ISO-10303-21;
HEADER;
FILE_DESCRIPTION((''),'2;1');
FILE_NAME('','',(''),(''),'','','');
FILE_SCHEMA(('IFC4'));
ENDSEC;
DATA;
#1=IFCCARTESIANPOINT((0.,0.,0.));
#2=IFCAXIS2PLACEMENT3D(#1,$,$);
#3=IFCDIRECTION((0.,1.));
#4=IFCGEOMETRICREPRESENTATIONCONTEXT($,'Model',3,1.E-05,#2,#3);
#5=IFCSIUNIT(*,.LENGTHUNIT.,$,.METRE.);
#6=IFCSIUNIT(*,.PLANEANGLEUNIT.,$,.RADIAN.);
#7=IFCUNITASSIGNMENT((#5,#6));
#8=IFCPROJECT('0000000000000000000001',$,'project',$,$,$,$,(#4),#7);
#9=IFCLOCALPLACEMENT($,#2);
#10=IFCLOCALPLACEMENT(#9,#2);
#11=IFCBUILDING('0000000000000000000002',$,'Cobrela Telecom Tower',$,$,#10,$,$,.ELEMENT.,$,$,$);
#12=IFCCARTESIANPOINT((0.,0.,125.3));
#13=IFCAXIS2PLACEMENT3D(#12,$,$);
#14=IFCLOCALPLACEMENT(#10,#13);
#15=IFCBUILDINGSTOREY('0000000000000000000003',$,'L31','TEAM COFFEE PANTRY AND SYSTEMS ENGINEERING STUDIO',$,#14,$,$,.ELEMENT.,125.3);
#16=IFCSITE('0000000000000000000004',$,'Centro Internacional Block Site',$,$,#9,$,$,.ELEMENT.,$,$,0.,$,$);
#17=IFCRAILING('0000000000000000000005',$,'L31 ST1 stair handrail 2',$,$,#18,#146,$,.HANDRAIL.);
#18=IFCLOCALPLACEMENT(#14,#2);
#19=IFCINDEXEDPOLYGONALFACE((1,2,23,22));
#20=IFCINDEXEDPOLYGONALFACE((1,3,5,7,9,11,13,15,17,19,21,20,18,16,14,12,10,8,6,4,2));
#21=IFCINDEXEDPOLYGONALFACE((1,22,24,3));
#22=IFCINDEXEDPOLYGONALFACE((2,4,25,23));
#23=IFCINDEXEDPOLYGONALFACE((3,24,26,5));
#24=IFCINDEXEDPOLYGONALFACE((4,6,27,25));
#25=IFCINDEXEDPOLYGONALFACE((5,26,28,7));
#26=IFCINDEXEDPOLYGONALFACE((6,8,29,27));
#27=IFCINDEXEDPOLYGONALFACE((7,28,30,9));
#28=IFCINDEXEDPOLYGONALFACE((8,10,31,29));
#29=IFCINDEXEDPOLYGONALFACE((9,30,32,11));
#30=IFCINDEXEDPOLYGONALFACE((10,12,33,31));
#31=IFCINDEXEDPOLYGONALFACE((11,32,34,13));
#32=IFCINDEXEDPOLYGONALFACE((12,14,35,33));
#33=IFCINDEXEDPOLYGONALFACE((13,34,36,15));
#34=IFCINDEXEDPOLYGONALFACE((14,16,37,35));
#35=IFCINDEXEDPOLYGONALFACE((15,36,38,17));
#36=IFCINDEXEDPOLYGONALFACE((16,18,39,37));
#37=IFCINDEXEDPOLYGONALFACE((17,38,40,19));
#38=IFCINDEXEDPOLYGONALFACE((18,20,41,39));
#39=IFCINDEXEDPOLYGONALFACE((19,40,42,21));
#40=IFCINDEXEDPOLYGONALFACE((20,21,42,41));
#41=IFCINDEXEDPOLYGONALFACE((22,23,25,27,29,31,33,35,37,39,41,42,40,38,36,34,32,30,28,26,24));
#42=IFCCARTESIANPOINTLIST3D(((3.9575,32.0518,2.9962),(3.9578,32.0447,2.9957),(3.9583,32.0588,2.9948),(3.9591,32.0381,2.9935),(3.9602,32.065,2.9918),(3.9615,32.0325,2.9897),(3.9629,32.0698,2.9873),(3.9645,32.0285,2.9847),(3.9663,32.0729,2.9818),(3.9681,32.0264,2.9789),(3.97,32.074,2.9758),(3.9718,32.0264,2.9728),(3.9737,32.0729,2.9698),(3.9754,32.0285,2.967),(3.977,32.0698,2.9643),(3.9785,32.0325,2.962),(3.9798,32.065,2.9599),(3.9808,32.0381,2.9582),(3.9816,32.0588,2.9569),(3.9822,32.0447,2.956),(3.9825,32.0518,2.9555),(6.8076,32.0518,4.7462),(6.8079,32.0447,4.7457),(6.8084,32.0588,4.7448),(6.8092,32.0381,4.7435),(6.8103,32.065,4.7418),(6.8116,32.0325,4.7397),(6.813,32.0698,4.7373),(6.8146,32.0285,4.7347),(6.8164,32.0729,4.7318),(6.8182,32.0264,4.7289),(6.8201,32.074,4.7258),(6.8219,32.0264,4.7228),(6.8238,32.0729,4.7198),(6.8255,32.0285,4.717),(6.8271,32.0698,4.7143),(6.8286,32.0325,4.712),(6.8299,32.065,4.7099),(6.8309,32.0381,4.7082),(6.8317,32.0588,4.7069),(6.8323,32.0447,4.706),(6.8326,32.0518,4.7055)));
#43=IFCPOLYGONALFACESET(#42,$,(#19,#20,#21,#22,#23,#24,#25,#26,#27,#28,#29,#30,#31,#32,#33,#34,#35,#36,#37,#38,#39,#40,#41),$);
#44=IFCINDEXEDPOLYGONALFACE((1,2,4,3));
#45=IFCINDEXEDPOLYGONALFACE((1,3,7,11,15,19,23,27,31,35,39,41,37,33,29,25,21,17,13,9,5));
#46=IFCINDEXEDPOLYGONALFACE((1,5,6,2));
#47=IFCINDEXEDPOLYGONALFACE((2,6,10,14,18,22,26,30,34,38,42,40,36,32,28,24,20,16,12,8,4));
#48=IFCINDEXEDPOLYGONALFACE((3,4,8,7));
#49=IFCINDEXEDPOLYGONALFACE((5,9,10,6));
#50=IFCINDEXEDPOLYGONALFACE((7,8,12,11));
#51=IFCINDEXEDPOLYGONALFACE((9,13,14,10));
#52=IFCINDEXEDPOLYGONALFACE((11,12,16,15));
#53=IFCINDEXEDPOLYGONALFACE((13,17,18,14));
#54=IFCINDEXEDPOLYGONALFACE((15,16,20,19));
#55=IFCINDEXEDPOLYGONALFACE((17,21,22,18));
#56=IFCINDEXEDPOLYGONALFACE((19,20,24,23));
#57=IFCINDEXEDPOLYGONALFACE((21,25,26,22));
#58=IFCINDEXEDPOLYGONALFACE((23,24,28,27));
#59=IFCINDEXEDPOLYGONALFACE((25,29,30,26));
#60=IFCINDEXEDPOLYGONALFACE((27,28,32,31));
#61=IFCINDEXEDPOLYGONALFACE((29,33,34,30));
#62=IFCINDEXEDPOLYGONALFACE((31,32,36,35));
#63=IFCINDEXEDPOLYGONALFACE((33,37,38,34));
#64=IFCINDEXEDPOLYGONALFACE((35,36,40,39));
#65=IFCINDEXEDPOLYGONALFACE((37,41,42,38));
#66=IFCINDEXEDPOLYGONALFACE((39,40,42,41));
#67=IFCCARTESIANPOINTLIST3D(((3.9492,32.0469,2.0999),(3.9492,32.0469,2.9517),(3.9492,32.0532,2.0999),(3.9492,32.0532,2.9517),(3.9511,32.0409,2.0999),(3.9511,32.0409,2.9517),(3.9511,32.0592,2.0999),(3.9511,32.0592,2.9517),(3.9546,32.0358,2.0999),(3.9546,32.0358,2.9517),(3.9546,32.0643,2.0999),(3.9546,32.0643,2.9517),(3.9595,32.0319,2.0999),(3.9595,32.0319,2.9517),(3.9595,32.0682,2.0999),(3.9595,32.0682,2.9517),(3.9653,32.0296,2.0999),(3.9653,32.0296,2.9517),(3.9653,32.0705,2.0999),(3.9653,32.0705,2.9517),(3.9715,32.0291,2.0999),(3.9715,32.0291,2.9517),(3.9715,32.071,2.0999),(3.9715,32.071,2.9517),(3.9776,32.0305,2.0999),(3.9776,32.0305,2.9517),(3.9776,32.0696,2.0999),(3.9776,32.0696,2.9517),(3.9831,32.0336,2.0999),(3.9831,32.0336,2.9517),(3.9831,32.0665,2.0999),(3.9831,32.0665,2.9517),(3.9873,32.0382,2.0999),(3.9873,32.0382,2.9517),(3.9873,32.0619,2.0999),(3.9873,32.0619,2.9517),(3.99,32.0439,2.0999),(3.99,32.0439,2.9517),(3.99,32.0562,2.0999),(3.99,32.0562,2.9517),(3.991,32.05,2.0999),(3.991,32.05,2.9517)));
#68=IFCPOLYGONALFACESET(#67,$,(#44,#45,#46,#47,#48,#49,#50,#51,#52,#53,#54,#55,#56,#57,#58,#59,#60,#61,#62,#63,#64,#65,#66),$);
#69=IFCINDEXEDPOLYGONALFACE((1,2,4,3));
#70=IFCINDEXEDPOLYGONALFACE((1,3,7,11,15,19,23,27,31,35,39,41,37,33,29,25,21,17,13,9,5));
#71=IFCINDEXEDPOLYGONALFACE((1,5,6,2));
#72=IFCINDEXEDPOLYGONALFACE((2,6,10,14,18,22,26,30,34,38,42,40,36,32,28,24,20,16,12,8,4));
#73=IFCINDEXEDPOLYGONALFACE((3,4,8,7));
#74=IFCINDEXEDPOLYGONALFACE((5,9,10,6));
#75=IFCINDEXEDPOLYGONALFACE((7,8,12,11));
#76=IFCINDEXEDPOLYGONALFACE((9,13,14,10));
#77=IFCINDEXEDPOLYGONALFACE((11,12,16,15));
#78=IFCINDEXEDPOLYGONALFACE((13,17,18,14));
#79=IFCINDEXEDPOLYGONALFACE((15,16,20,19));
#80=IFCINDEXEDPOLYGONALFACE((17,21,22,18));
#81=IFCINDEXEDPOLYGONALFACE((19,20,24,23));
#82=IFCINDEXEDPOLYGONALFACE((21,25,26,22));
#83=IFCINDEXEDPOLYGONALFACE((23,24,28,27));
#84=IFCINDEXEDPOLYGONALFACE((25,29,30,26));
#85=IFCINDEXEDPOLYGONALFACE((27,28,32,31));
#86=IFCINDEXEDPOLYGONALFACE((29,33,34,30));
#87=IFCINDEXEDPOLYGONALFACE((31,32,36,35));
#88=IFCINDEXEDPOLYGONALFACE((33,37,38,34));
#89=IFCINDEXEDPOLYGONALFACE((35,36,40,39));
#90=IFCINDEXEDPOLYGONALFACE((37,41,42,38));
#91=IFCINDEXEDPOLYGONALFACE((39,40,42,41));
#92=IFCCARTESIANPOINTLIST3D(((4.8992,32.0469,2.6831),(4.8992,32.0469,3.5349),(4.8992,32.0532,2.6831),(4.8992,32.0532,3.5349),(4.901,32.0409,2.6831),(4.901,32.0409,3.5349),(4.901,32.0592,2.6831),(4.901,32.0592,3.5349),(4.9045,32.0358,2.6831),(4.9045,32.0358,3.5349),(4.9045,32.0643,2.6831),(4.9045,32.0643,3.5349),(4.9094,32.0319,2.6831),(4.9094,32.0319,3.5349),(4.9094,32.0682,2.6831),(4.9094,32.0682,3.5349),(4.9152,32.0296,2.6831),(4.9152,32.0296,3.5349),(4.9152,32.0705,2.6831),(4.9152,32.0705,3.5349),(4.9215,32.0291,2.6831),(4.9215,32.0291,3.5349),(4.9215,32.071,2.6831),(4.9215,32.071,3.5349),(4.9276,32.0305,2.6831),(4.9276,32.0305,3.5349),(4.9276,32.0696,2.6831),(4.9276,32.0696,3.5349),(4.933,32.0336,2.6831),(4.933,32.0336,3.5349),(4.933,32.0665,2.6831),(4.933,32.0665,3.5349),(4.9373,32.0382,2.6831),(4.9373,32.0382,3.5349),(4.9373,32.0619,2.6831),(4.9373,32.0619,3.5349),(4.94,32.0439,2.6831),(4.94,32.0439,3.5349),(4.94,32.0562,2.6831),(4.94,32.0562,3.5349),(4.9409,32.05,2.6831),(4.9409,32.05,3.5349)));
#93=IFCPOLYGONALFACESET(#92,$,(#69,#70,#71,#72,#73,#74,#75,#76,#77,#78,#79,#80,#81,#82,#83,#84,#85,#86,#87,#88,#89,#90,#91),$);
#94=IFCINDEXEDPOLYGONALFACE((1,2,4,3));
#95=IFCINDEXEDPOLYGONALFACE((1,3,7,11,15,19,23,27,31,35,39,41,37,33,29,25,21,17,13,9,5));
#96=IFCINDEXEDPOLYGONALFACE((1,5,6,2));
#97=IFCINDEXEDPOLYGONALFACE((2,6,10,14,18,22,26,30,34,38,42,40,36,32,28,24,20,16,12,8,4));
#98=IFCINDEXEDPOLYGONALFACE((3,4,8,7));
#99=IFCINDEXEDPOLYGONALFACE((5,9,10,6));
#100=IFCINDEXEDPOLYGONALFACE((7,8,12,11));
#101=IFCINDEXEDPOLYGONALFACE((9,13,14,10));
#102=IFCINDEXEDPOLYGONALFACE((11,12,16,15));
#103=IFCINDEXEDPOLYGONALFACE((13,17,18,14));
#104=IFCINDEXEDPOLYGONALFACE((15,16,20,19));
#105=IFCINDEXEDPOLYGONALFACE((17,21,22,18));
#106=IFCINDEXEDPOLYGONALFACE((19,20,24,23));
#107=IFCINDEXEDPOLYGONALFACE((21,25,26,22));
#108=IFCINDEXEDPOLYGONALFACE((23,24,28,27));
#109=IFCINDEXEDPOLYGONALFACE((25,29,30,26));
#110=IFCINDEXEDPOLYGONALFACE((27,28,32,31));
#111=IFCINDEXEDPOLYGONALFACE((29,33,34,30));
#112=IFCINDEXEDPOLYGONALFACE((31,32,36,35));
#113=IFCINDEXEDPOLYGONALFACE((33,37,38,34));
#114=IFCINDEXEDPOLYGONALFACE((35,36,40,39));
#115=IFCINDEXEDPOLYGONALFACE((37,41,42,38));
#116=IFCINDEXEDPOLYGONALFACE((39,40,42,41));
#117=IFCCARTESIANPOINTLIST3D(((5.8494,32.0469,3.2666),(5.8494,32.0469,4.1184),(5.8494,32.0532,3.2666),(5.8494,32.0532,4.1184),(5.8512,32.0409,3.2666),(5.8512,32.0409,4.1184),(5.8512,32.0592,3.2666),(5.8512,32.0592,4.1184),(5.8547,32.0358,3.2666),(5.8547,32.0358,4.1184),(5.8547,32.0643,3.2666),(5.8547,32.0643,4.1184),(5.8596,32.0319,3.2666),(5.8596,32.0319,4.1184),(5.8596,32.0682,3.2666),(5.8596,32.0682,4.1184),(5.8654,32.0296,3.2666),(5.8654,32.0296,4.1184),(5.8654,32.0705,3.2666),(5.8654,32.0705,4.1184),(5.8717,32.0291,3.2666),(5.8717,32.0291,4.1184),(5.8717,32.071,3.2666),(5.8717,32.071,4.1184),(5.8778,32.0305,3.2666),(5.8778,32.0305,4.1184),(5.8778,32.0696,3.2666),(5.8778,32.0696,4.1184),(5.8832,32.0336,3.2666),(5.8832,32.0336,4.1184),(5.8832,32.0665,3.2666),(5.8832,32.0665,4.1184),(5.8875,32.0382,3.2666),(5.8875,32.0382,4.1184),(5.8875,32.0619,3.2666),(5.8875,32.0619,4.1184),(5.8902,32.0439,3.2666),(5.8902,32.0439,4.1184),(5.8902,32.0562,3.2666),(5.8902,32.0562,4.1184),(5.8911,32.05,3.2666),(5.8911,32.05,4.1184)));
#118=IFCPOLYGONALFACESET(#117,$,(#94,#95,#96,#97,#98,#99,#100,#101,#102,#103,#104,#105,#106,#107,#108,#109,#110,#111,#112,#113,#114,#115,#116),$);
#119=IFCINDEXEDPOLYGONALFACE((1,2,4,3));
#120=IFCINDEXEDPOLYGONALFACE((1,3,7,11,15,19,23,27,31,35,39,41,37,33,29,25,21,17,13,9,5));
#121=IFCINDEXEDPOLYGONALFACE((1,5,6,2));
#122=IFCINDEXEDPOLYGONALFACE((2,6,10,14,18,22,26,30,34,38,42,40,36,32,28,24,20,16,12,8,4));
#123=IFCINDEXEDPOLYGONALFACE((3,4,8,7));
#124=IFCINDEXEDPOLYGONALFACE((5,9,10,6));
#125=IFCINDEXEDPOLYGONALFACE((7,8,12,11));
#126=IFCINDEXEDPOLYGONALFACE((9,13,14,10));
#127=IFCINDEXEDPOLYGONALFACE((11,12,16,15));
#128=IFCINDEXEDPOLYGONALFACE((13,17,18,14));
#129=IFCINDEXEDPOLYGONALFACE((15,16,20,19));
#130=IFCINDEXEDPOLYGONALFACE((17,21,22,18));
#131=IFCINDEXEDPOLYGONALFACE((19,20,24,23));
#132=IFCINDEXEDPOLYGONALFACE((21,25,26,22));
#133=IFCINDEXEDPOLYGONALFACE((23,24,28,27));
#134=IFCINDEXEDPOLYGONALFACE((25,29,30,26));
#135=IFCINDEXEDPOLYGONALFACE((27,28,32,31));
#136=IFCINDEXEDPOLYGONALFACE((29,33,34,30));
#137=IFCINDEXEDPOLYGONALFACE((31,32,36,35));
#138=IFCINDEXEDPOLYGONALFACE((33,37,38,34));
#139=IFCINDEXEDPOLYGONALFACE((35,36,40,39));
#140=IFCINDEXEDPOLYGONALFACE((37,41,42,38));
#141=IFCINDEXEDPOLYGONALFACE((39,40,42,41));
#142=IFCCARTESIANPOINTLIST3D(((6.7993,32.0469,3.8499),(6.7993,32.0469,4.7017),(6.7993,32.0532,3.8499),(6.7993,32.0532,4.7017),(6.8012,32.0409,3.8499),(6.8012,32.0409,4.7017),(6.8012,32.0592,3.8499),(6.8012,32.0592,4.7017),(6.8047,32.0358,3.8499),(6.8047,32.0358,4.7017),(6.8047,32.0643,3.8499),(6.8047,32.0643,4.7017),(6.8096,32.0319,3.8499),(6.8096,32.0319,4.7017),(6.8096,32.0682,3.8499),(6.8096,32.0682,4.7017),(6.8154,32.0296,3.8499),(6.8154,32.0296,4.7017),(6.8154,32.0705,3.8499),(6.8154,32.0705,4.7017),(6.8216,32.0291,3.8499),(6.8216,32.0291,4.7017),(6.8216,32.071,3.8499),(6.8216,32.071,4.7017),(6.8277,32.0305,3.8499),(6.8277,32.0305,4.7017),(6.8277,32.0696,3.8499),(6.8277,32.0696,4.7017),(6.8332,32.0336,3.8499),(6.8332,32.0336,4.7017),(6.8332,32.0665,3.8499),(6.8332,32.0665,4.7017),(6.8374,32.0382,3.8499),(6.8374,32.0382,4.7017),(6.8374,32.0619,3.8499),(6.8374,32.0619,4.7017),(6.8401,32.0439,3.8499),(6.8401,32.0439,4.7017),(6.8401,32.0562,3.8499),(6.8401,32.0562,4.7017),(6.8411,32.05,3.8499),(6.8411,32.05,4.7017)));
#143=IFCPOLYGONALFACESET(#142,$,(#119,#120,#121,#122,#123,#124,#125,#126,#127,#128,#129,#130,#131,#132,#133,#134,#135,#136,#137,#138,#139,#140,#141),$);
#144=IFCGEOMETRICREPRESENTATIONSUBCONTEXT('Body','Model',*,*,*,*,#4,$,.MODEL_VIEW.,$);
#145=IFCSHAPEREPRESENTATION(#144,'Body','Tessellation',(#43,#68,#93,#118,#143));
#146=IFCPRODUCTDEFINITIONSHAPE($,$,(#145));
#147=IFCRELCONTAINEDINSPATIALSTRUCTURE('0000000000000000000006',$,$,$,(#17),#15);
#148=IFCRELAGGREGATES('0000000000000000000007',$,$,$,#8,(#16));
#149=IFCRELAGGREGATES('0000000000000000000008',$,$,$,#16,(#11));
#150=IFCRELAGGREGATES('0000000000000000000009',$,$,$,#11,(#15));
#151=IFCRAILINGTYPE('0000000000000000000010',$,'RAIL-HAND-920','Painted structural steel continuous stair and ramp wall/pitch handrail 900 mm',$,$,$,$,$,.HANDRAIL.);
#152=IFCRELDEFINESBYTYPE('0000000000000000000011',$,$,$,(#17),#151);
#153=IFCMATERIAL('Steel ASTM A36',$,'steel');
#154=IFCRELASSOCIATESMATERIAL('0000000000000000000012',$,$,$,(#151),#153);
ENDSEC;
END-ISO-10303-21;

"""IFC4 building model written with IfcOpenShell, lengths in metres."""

from ifc_helpers import new_model, si_unit, direction, frame, origin, origin_2d, place, context, subcontext, project, spatial, circle, extrude, material, type_object, element, save


model = new_model("IFC4")

# Units and contexts
model_context = context("Model", 3, precision=1e-05, world=origin(), true_north=direction((0.0, 1.0)))
body_context = subcontext(model_context, "Body", "Model", "MODEL_VIEW")
ifc_project = project(units=[si_unit("LENGTHUNIT", "METRE"), si_unit("PLANEANGLEUNIT", "RADIAN")], contexts=[model_context])

# Site, building, storey
site_placement = place(None, origin())
site = spatial("IfcSite", under=ifc_project, at=site_placement, Name="Centro Internacional Block Site", CompositionType="ELEMENT", RefElevation=0.0)
building_placement = place(site_placement, origin())
building = spatial("IfcBuilding", under=site, at=building_placement, Name="Cobrela Telecom Tower", CompositionType="ELEMENT")
storey_placement = place(building_placement, frame((0.0, 0.0, 125.3)))
storey = spatial("IfcBuildingStorey", under=building, at=storey_placement, Name="L31", Description="TEAM COFFEE PANTRY AND SYSTEMS ENGINEERING STUDIO", CompositionType="ELEMENT", Elevation=125.3)

# Shared definitions
ifc_material_1 = material(Name="Steel ASTM A36", Category="steel")

# Railing
railing_type_1 = type_object("IfcRailingType", Name="RAIL-HAND-920", Description="Painted structural steel continuous stair and ramp wall/pitch handrail 900 mm", PredefinedType="HANDRAIL", material=ifc_material_1)
railing_1_placement = place(storey_placement, frame((3.97, 32.05, 2.0999)))
element("IfcRailing", 1, at=railing_1_placement, inside=storey, type_object=railing_type_1, Name="L31 ST1 stair handrail 2", PredefinedType="HANDRAIL", context=body_context, shape_type="SweptSolid", body=[
    extrude(circle(Radius=0.0239, at=origin_2d()), frame((0.0, 0.0, 0.876), z_axis=(0.852179, 0.0, 0.52325), x_axis=(0.0, 1.0, 0.0)), (0.0, 0.0, 1.0), 3.3445),
    extrude(circle(Radius=0.021, at=origin_2d()), origin(), (0.0, 0.0, 1.0), 0.8518),
    extrude(circle(Radius=0.021, at=origin_2d()), frame((0.95, 0.0, 0.5833)), (0.0, 0.0, 1.0), 0.8518),
    extrude(circle(Radius=0.021, at=origin_2d()), frame((1.9001, 0.0, 1.1667)), (0.0, 0.0, 1.0), 0.8518),
    extrude(circle(Radius=0.021, at=origin_2d()), frame((2.8501, 0.0, 1.75)), (0.0, 0.0, 1.0), 0.8518),
])

save(model, "model.ifc")
